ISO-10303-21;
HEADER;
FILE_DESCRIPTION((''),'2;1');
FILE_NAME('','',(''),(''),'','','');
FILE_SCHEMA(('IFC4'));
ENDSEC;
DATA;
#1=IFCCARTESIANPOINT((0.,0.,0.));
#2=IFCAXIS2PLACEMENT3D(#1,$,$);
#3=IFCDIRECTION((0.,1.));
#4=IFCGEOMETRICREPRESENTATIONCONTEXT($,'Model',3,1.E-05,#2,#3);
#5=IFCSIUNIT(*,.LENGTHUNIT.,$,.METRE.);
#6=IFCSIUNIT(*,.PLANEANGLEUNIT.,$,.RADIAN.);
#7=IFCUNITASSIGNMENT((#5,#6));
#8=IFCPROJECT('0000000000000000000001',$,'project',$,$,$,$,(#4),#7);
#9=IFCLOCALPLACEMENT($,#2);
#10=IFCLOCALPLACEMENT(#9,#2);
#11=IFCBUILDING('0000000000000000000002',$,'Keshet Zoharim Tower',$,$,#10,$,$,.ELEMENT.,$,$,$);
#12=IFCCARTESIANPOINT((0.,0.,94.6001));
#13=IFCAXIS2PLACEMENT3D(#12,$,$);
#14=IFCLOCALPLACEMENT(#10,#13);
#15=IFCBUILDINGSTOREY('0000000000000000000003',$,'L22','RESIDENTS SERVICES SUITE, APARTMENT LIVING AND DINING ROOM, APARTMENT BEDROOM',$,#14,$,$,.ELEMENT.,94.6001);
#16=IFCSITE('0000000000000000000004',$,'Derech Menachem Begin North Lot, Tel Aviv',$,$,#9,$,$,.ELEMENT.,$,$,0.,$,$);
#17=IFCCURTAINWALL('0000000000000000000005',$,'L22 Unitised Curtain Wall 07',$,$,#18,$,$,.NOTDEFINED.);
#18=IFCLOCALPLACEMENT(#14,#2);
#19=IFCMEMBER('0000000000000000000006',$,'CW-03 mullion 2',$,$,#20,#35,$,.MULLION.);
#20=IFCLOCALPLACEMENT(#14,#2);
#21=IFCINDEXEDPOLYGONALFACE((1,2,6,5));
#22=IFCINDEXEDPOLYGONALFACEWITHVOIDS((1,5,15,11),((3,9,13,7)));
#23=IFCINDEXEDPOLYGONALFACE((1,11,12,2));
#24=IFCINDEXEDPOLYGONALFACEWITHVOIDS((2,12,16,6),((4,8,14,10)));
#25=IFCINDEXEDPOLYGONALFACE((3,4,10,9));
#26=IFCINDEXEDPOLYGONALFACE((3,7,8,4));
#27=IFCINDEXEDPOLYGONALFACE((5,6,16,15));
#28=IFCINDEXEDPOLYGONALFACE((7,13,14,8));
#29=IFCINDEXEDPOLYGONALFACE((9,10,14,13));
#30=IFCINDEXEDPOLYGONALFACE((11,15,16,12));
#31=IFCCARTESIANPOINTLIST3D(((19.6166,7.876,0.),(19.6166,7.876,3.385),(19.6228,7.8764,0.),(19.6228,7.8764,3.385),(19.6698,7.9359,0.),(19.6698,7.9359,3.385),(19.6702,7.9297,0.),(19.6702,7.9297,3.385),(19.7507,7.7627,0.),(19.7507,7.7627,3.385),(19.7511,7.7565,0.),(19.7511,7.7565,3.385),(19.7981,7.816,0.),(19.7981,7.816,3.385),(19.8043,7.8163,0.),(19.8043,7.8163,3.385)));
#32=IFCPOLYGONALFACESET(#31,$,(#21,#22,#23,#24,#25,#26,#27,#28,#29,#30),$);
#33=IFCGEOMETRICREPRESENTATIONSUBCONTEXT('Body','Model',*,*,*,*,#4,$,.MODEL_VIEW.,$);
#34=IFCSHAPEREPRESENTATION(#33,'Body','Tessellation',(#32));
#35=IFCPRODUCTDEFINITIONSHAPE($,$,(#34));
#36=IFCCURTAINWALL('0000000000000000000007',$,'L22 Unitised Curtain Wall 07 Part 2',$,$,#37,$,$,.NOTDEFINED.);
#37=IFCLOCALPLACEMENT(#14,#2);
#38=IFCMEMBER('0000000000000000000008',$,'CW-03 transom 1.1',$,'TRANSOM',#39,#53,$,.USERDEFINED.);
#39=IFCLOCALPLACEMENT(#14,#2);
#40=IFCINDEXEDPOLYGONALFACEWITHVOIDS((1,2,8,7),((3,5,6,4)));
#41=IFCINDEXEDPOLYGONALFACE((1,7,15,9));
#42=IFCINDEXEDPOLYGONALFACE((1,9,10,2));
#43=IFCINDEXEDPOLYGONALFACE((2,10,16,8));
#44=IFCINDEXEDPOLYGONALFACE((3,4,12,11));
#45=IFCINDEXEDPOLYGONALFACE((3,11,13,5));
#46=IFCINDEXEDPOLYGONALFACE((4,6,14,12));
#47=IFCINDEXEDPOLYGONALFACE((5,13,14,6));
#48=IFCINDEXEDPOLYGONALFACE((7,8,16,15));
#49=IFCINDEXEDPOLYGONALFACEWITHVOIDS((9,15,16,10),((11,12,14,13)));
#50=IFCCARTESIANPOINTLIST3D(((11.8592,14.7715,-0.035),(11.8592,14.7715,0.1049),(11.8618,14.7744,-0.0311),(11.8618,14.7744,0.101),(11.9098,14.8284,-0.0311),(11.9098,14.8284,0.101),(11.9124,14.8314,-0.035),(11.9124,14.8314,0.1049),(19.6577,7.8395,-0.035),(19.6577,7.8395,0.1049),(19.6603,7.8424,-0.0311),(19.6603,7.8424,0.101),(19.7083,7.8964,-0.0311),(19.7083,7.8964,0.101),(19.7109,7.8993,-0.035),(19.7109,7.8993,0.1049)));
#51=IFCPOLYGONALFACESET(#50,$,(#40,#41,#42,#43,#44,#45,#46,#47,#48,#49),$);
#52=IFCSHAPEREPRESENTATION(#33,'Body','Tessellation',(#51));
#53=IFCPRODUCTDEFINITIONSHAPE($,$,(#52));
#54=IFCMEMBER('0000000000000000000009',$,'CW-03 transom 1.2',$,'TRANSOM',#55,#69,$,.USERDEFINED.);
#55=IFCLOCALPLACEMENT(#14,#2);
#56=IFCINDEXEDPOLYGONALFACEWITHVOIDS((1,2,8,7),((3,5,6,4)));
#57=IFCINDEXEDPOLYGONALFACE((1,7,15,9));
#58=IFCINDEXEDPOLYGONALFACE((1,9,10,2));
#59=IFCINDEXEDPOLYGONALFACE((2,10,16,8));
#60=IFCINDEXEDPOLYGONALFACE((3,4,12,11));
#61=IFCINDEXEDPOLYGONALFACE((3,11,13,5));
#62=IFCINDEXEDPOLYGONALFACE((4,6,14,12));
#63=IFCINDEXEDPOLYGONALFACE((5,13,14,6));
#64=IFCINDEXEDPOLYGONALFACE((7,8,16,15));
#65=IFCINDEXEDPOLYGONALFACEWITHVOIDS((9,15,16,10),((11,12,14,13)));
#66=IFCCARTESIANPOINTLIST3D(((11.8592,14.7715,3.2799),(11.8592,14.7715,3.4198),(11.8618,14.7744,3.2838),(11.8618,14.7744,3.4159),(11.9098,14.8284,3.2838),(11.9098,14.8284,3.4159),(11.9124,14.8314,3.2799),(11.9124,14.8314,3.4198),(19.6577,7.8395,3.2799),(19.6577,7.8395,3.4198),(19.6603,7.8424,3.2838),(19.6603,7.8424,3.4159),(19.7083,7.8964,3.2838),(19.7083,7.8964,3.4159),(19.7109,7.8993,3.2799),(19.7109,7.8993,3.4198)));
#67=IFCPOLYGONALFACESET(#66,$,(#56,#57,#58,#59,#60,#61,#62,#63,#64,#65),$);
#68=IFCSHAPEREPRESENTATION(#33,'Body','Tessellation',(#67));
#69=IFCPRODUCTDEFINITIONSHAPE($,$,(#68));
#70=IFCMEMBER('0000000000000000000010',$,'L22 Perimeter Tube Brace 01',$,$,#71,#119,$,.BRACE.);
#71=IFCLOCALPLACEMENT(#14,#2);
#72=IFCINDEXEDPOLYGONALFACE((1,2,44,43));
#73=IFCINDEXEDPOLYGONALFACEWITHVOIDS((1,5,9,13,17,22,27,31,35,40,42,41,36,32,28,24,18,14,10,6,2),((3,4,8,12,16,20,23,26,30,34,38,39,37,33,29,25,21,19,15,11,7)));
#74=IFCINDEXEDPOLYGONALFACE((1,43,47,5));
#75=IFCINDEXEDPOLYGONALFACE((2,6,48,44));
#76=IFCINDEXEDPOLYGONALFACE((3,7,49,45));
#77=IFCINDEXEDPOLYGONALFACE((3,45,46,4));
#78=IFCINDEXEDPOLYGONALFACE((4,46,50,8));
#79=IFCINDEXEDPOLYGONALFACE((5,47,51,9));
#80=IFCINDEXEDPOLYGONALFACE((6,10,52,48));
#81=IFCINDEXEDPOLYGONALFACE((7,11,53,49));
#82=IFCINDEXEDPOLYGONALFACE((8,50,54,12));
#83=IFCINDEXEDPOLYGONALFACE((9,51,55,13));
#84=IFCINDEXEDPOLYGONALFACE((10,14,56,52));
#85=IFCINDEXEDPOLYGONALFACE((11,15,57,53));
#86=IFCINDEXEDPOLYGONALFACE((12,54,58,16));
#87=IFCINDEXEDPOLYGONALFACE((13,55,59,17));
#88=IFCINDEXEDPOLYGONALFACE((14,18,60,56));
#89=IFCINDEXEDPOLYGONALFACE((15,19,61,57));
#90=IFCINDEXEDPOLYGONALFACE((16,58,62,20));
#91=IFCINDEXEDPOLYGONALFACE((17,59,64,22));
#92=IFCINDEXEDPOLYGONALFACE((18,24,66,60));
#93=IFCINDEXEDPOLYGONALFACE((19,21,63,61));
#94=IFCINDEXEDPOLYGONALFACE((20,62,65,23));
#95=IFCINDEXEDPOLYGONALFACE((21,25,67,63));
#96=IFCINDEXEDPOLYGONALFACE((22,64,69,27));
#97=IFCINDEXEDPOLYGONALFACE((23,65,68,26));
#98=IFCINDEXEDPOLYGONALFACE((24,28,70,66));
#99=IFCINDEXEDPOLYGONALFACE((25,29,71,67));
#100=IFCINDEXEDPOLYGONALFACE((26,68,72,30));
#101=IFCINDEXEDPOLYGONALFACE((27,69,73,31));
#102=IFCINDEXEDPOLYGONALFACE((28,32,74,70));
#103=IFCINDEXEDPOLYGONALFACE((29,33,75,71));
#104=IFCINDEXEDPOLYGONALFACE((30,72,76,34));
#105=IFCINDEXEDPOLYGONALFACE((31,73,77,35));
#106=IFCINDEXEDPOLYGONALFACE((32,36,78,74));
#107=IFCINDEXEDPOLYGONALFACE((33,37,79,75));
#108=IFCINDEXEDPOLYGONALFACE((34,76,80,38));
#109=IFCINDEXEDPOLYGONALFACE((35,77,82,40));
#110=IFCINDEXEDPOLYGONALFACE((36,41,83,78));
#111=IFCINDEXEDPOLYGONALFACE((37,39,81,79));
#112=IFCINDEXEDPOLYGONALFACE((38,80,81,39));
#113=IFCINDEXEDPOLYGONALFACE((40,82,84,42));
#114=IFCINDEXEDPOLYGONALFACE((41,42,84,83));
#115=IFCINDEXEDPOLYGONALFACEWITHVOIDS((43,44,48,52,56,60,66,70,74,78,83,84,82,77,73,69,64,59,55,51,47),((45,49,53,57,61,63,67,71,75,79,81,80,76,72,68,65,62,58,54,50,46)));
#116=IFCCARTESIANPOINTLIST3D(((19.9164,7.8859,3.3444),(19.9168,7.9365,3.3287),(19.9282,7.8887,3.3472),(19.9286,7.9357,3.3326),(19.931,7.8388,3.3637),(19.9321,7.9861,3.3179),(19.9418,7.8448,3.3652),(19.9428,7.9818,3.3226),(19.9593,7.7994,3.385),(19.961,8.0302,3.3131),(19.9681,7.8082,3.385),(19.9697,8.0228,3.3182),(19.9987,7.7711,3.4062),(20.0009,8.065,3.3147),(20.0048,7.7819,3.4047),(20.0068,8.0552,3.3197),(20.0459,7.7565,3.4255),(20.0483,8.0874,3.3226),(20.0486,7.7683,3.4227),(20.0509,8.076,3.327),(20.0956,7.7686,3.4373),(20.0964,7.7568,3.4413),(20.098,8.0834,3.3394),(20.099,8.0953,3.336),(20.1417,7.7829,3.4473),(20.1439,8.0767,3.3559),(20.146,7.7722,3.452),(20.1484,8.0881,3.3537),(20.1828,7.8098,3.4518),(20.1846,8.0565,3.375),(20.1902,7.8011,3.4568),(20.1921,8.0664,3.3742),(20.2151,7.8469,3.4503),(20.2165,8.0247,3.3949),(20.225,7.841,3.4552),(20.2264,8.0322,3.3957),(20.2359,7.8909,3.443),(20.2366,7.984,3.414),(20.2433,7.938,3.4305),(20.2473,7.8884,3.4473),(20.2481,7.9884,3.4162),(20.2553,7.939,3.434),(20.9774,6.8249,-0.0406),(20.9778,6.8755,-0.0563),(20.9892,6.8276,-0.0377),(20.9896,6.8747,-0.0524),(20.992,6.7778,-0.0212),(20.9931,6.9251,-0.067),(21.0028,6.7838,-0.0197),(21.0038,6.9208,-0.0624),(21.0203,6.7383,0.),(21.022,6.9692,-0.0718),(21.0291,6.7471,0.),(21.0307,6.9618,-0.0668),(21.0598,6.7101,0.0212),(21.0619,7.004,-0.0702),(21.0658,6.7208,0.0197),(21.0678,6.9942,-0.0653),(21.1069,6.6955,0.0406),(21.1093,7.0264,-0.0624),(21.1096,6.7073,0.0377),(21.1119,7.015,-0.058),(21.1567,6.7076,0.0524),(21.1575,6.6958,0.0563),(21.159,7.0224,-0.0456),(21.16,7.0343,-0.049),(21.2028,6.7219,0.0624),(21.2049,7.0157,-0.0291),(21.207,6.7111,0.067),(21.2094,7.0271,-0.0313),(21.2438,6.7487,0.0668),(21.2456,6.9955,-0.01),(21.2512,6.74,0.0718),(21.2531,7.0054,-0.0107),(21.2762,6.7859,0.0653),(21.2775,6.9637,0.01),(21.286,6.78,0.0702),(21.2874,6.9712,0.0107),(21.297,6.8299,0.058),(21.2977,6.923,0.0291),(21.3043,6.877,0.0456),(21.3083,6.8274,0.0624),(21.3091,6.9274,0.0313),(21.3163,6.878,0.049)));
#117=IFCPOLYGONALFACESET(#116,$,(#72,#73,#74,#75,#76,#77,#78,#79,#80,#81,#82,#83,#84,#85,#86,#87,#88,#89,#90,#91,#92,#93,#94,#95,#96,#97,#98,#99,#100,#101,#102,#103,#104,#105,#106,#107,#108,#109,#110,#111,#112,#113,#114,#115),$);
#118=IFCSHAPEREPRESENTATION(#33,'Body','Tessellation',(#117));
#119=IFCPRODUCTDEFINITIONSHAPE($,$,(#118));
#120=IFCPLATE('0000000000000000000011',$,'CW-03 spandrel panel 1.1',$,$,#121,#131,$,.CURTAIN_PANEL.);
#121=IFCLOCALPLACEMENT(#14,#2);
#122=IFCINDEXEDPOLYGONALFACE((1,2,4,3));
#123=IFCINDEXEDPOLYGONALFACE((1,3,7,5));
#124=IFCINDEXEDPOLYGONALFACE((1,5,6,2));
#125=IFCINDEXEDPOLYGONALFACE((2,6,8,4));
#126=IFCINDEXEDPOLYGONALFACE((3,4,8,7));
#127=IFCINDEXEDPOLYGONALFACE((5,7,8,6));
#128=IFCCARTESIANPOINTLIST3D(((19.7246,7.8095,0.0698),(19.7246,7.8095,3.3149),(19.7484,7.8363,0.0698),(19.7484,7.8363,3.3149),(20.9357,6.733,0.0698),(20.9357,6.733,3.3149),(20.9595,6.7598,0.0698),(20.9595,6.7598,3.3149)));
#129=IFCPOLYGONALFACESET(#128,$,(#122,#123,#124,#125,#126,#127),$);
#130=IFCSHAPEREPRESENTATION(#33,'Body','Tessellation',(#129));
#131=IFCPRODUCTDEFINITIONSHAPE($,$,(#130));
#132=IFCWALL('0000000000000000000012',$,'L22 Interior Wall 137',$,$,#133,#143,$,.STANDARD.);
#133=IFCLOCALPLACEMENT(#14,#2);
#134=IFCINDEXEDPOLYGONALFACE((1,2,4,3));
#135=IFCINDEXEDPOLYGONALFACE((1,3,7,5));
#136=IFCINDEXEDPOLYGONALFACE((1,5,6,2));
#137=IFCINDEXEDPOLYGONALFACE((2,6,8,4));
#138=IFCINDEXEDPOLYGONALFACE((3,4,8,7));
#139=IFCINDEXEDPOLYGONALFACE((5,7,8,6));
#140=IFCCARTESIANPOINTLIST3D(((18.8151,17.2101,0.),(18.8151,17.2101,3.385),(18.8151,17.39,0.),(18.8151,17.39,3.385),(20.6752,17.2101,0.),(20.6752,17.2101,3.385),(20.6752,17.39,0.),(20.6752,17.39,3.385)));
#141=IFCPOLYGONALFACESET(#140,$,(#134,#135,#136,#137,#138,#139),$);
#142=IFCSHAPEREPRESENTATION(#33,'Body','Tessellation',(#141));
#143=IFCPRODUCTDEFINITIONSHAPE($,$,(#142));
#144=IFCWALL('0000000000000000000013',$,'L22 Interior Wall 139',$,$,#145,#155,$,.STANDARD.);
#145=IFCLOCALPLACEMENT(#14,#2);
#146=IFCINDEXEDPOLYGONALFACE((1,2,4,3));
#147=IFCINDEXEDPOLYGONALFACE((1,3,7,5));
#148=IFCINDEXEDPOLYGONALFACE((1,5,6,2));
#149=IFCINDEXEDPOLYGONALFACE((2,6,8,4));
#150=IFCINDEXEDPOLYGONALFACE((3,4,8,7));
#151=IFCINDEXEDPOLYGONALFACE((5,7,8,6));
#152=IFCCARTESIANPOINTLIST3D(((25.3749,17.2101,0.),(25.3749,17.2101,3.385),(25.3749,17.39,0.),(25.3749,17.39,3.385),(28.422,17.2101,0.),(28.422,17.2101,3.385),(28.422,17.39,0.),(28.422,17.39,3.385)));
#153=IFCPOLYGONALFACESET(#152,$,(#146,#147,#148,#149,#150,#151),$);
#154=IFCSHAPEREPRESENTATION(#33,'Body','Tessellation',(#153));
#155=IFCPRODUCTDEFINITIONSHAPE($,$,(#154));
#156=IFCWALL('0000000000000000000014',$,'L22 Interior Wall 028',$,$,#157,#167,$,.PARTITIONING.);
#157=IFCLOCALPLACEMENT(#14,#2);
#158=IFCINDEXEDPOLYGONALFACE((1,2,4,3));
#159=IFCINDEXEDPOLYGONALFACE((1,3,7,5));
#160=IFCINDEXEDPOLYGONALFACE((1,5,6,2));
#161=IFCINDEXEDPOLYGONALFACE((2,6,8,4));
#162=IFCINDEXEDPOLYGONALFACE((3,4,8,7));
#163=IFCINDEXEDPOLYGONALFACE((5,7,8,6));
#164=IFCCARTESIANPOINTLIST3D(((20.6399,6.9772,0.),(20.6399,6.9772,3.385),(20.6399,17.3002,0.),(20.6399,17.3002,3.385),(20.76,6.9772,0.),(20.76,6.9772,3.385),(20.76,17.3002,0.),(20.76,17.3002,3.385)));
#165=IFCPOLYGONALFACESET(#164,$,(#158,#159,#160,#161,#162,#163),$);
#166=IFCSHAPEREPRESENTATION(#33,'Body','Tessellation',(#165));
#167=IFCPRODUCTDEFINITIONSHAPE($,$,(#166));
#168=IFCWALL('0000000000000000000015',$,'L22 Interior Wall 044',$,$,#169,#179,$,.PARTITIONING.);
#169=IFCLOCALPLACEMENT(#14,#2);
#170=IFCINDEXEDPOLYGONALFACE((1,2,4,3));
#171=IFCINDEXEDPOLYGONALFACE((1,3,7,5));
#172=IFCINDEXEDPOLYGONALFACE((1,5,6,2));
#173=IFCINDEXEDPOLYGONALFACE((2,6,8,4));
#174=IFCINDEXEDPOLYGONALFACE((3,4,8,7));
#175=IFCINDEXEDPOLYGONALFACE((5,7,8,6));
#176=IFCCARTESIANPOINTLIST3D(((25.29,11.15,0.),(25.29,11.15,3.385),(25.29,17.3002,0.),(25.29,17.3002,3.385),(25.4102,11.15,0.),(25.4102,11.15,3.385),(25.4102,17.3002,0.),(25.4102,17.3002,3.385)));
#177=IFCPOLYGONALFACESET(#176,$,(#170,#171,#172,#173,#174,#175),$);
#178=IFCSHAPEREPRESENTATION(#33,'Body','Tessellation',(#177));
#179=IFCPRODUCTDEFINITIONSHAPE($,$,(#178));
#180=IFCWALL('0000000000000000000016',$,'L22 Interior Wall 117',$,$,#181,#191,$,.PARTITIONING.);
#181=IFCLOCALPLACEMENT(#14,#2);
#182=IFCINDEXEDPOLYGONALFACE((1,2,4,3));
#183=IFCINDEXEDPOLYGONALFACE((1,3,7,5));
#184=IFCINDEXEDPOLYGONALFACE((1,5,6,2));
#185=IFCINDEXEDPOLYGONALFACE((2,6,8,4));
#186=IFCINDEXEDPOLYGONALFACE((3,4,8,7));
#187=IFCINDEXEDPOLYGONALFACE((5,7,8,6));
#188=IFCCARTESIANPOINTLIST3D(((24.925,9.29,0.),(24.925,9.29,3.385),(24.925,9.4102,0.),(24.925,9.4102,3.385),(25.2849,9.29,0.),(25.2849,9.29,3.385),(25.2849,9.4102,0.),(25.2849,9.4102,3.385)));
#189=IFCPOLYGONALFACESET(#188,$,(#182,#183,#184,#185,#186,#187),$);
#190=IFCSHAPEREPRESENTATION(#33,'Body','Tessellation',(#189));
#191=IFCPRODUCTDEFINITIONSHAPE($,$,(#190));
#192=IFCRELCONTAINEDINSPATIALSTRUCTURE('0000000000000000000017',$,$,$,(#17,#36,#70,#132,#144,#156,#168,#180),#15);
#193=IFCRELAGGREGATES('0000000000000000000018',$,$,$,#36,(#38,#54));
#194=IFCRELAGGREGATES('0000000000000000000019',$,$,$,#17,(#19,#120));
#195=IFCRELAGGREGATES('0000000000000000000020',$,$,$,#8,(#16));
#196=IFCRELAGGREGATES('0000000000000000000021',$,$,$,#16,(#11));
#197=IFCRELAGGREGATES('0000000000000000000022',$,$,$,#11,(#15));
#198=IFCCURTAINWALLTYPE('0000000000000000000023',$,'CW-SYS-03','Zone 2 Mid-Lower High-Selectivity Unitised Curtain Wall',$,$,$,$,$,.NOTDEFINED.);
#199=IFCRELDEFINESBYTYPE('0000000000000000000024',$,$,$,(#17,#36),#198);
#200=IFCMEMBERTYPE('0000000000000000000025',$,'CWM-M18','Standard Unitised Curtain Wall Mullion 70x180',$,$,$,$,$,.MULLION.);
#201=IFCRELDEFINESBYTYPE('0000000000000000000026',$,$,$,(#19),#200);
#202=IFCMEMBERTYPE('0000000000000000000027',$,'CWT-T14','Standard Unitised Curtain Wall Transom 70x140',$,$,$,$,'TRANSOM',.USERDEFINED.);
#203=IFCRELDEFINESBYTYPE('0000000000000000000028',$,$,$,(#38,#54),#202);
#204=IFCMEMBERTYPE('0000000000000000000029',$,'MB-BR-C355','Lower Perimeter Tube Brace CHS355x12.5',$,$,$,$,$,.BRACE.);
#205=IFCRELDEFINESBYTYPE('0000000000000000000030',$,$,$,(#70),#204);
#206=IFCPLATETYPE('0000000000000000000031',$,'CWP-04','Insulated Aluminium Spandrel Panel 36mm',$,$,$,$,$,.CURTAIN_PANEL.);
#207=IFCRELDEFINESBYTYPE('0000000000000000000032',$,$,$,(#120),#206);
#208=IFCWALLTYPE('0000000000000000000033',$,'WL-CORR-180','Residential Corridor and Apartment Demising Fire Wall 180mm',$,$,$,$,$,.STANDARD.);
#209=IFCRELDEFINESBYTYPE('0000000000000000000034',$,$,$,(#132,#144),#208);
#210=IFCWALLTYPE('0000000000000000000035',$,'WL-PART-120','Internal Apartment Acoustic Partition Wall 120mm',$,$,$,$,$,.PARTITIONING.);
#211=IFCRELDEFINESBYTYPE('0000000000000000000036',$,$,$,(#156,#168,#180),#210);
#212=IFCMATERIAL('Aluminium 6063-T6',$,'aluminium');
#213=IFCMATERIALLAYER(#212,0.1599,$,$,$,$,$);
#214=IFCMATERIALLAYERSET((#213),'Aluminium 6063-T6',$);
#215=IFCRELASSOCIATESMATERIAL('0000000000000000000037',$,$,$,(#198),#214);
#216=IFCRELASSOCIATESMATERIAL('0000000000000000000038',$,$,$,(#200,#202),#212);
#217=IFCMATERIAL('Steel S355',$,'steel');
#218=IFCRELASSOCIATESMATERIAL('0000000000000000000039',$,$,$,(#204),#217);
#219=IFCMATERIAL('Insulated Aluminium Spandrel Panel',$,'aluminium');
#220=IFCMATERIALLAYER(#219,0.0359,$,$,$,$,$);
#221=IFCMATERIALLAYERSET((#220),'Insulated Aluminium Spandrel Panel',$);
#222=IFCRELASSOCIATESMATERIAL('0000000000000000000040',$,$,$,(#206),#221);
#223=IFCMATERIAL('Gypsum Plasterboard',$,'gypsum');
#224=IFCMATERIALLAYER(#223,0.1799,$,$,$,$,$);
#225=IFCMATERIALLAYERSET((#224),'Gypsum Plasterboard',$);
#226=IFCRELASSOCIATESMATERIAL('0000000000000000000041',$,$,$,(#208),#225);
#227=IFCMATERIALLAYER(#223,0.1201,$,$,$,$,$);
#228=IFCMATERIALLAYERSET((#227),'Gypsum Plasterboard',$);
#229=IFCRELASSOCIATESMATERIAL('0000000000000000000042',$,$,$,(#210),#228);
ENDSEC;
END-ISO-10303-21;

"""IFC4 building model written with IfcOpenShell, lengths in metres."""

from ifc_helpers import new_model, si_unit, direction, frame, frame_2d, origin, origin_2d, place, context, subcontext, project, spatial, rectangle, hollow_rectangle, hollow_circle, extrude, material, layer, layer_set, material_profile, profile_set, type_object, element, aggregate, save


model = new_model("IFC4")

# Units and contexts
model_context = context("Model", 3, precision=1e-05, world=origin(), true_north=direction((0.0, 1.0)))
body_context = subcontext(model_context, "Body", "Model", "MODEL_VIEW")
ifc_project = project(units=[si_unit("LENGTHUNIT", "METRE"), si_unit("PLANEANGLEUNIT", "RADIAN")], contexts=[model_context])

# Site, building, storey
site_placement = place(None, origin())
site = spatial("IfcSite", under=ifc_project, at=site_placement, Name="Derech Menachem Begin North Lot, Tel Aviv", CompositionType="ELEMENT", RefElevation=0.0)
building_placement = place(site_placement, origin())
building = spatial("IfcBuilding", under=site, at=building_placement, Name="Keshet Zoharim Tower", CompositionType="ELEMENT")
storey_placement = place(building_placement, frame((0.0, 0.0, 94.6001)))
storey = spatial("IfcBuildingStorey", under=building, at=storey_placement, Name="L22", Description="RESIDENTS SERVICES SUITE, APARTMENT LIVING AND DINING ROOM, APARTMENT BEDROOM", CompositionType="ELEMENT", Elevation=94.6001)

# Curtain wall, member
ifc_material_1 = material(Name="Aluminium 6063-T6", Category="aluminium")
ifc_layer_1 = layer(ifc_material_1, 0.1599)
ifc_layer_set_1 = layer_set([ifc_layer_1], Name="Aluminium 6063-T6")
curtain_wall_type = type_object("IfcCurtainWallType", Name="CW-SYS-03", Description="Zone 2 Mid-Lower High-Selectivity Unitised Curtain Wall", PredefinedType="NOTDEFINED", material=ifc_layer_set_1)
curtain_wall_1_placement = place(storey_placement, origin())
curtain_wall_1 = element("IfcCurtainWall", 1, at=curtain_wall_1_placement, inside=storey, type_object=curtain_wall_type, Name="L22 Unitised Curtain Wall 07", PredefinedType="NOTDEFINED")
ifc_material_profile_1 = material_profile(ifc_material_1, hollow_rectangle(XDim=0.0801, YDim=0.1799, WallThickness=0.0044, at=origin_2d()), Name="MUL-80x180")
ifc_profile_set_1 = profile_set([ifc_material_profile_1], Name="Aluminium 6063-T6")
member_type_1 = type_object("IfcMemberType", Name="CWM-M18", Description="Standard Unitised Curtain Wall Mullion 70x180", PredefinedType="MULLION", material=ifc_profile_set_1)
member_1_placement = place(storey_placement, frame((19.7104, 7.8462, 0.0), z_axis=(0.0, 0.0, 1.0), x_axis=(-0.66436, -0.747412, 0.0)))
member_1 = element("IfcMember", 2, at=member_1_placement, type_object=member_type_1, Name="CW-03 mullion 2", PredefinedType="MULLION", context=body_context, shape_type="SweptSolid", body=[
    extrude(hollow_rectangle(XDim=0.0801, YDim=0.1799, WallThickness=0.0044, at=origin_2d()), origin(), (0.0, 0.0, 1.0), 3.385),
])

# Curtain wall, members
curtain_wall_2_placement = place(storey_placement, origin())
curtain_wall_2 = element("IfcCurtainWall", 3, at=curtain_wall_2_placement, inside=storey, type_object=curtain_wall_type, Name="L22 Unitised Curtain Wall 07 Part 2", PredefinedType="NOTDEFINED")
ifc_material_profile_2 = material_profile(ifc_material_1, hollow_rectangle(XDim=0.0801, YDim=0.1399, WallThickness=0.0039, at=origin_2d()), Name="TRN-80x140")
ifc_profile_set_2 = profile_set([ifc_material_profile_2], Name="Aluminium 6063-T6")
member_type_2 = type_object("IfcMemberType", Name="CWT-T14", Description="Standard Unitised Curtain Wall Transom 70x140", ElementType="TRANSOM", PredefinedType="USERDEFINED", material=ifc_profile_set_2)
member_2_placement = place(storey_placement, frame((19.6843, 7.8694, 0.0349), z_axis=(-0.747407, 0.664367, 0.0), x_axis=(-0.664367, -0.747407, 0.0)))
member_2 = element("IfcMember", 4, at=member_2_placement, type_object=member_type_2, Name="CW-03 transom 1.1", ObjectType="TRANSOM", PredefinedType="USERDEFINED", context=body_context, shape_type="SweptSolid", body=[
    extrude(hollow_rectangle(XDim=0.0801, YDim=0.1399, WallThickness=0.0039, at=origin_2d()), origin(), (0.0, 0.0, 1.0), 10.4341),
])
member_3_placement = place(storey_placement, frame((19.6843, 7.8694, 3.3499), z_axis=(-0.747407, 0.664367, 0.0), x_axis=(-0.664367, -0.747407, 0.0)))
member_3 = element("IfcMember", 5, at=member_3_placement, type_object=member_type_2, Name="CW-03 transom 1.2", ObjectType="TRANSOM", PredefinedType="USERDEFINED", context=body_context, shape_type="SweptSolid", body=[
    extrude(hollow_rectangle(XDim=0.0801, YDim=0.1399, WallThickness=0.0039, at=origin_2d()), origin(), (0.0, 0.0, 1.0), 10.4341),
])
aggregate(curtain_wall_2, [member_2, member_3])

# Member
ifc_material_2 = material(Name="Steel S355", Category="steel")
ifc_material_profile_3 = material_profile(ifc_material_2, hollow_circle(Radius=0.1777, WallThickness=0.0125, at=origin_2d()), Name="CHS355x12.5")
ifc_profile_set_3 = profile_set([ifc_material_profile_3], Name="Steel S355")
member_type_3 = type_object("IfcMemberType", Name="MB-BR-C355", Description="Lower Perimeter Tube Brace CHS355x12.5", PredefinedType="BRACE", material=ifc_profile_set_3)
member_4_placement = place(storey_placement, frame((21.146, 6.864, 0.0), z_axis=(-0.286558, 0.286558, 0.914204), x_axis=(-0.707107, -0.707107, 0.0)))
element("IfcMember", 6, at=member_4_placement, inside=storey, type_object=member_type_3, Name="L22 Perimeter Tube Brace 01", PredefinedType="BRACE", context=body_context, shape_type="SweptSolid", body=[
    extrude(hollow_circle(Radius=0.1777, WallThickness=0.0125, at=origin_2d()), origin(), (0.0, 0.0, 1.0), 3.7026),
])

# Plate
ifc_material_3 = material(Name="Insulated Aluminium Spandrel Panel", Category="aluminium")
ifc_layer_2 = layer(ifc_material_3, 0.0359)
ifc_layer_set_2 = layer_set([ifc_layer_2], Name="Insulated Aluminium Spandrel Panel")
plate_type = type_object("IfcPlateType", Name="CWP-04", Description="Insulated Aluminium Spandrel Panel 36mm", PredefinedType="CURTAIN_PANEL", material=ifc_layer_set_2)
plate_placement = place(storey_placement, frame((20.342, 7.2847, 0.0698), z_axis=(0.0, 0.0, 1.0), x_axis=(-0.747412, 0.66436, 0.0)))
plate = element("IfcPlate", 7, at=plate_placement, type_object=plate_type, Name="CW-03 spandrel panel 1.1", PredefinedType="CURTAIN_PANEL", context=body_context, shape_type="SweptSolid", body=[
    extrude(rectangle(XDim=1.6204, YDim=0.0359, at=origin_2d()), origin(), (0.0, 0.0, 1.0), 3.2451),
])
aggregate(curtain_wall_1, [member_1, plate])

# Wall
ifc_material_4 = material(Name="Gypsum Plasterboard", Category="gypsum")
ifc_layer_3 = layer(ifc_material_4, 0.1799)
ifc_layer_set_3 = layer_set([ifc_layer_3], Name="Gypsum Plasterboard")
wall_type_1 = type_object("IfcWallType", Name="WL-CORR-180", Description="Residential Corridor and Apartment Demising Fire Wall 180mm", PredefinedType="STANDARD", material=ifc_layer_set_3)
wall_1_placement = place(storey_placement, frame((18.8149, 17.3, 0.0), z_axis=(0.0, 0.0, 1.0), x_axis=(1.0, 0.0, 0.0)))
element("IfcWall", 8, at=wall_1_placement, inside=storey, type_object=wall_type_1, Name="L22 Interior Wall 137", PredefinedType="STANDARD", context=body_context, shape_type="SweptSolid", body=[
    extrude(rectangle(XDim=1.8601, YDim=0.1799, at=frame_2d((0.9302, 0.0))), origin(), (0.0, 0.0, 1.0), 3.385),
])

# Walls
wall_2_placement = place(storey_placement, frame((25.375, 17.3, 0.0), z_axis=(0.0, 0.0, 1.0), x_axis=(1.0, 0.0, 0.0)))
element("IfcWall", 9, at=wall_2_placement, inside=storey, type_object=wall_type_1, Name="L22 Interior Wall 139", PredefinedType="STANDARD", context=body_context, shape_type="SweptSolid", body=[
    extrude(rectangle(XDim=3.0471, YDim=0.1799, at=frame_2d((1.5234, 0.0))), origin(), (0.0, 0.0, 1.0), 3.385),
])
ifc_layer_4 = layer(ifc_material_4, 0.1201)
ifc_layer_set_4 = layer_set([ifc_layer_4], Name="Gypsum Plasterboard")
wall_type_2 = type_object("IfcWallType", Name="WL-PART-120", Description="Internal Apartment Acoustic Partition Wall 120mm", PredefinedType="PARTITIONING", material=ifc_layer_set_4)
wall_3_placement = place(storey_placement, frame((20.7, 6.9771, 0.0), z_axis=(0.0, 0.0, 1.0), x_axis=(0.0, 1.0, 0.0)))
element("IfcWall", 10, at=wall_3_placement, inside=storey, type_object=wall_type_2, Name="L22 Interior Wall 028", PredefinedType="PARTITIONING", context=body_context, shape_type="SweptSolid", body=[
    extrude(rectangle(XDim=10.323, YDim=0.1201, at=frame_2d((5.1616, 0.0))), origin(), (0.0, 0.0, 1.0), 3.385),
])
wall_4_placement = place(storey_placement, frame((25.3501, 11.1499, 0.0), z_axis=(0.0, 0.0, 1.0), x_axis=(0.0, 1.0, 0.0)))
element("IfcWall", 11, at=wall_4_placement, inside=storey, type_object=wall_type_2, Name="L22 Interior Wall 044", PredefinedType="PARTITIONING", context=body_context, shape_type="SweptSolid", body=[
    extrude(rectangle(XDim=6.1501, YDim=0.1201, at=frame_2d((3.0752, 0.0))), origin(), (0.0, 0.0, 1.0), 3.385),
])
wall_5_placement = place(storey_placement, frame((24.925, 9.3501, 0.0), z_axis=(0.0, 0.0, 1.0), x_axis=(1.0, 0.0, 0.0)))
element("IfcWall", 12, at=wall_5_placement, inside=storey, type_object=wall_type_2, Name="L22 Interior Wall 117", PredefinedType="PARTITIONING", context=body_context, shape_type="SweptSolid", body=[
    extrude(rectangle(XDim=0.3599, YDim=0.1201, at=frame_2d((0.1799, 0.0))), origin(), (0.0, 0.0, 1.0), 3.385),
])

save(model, "model.ifc")
